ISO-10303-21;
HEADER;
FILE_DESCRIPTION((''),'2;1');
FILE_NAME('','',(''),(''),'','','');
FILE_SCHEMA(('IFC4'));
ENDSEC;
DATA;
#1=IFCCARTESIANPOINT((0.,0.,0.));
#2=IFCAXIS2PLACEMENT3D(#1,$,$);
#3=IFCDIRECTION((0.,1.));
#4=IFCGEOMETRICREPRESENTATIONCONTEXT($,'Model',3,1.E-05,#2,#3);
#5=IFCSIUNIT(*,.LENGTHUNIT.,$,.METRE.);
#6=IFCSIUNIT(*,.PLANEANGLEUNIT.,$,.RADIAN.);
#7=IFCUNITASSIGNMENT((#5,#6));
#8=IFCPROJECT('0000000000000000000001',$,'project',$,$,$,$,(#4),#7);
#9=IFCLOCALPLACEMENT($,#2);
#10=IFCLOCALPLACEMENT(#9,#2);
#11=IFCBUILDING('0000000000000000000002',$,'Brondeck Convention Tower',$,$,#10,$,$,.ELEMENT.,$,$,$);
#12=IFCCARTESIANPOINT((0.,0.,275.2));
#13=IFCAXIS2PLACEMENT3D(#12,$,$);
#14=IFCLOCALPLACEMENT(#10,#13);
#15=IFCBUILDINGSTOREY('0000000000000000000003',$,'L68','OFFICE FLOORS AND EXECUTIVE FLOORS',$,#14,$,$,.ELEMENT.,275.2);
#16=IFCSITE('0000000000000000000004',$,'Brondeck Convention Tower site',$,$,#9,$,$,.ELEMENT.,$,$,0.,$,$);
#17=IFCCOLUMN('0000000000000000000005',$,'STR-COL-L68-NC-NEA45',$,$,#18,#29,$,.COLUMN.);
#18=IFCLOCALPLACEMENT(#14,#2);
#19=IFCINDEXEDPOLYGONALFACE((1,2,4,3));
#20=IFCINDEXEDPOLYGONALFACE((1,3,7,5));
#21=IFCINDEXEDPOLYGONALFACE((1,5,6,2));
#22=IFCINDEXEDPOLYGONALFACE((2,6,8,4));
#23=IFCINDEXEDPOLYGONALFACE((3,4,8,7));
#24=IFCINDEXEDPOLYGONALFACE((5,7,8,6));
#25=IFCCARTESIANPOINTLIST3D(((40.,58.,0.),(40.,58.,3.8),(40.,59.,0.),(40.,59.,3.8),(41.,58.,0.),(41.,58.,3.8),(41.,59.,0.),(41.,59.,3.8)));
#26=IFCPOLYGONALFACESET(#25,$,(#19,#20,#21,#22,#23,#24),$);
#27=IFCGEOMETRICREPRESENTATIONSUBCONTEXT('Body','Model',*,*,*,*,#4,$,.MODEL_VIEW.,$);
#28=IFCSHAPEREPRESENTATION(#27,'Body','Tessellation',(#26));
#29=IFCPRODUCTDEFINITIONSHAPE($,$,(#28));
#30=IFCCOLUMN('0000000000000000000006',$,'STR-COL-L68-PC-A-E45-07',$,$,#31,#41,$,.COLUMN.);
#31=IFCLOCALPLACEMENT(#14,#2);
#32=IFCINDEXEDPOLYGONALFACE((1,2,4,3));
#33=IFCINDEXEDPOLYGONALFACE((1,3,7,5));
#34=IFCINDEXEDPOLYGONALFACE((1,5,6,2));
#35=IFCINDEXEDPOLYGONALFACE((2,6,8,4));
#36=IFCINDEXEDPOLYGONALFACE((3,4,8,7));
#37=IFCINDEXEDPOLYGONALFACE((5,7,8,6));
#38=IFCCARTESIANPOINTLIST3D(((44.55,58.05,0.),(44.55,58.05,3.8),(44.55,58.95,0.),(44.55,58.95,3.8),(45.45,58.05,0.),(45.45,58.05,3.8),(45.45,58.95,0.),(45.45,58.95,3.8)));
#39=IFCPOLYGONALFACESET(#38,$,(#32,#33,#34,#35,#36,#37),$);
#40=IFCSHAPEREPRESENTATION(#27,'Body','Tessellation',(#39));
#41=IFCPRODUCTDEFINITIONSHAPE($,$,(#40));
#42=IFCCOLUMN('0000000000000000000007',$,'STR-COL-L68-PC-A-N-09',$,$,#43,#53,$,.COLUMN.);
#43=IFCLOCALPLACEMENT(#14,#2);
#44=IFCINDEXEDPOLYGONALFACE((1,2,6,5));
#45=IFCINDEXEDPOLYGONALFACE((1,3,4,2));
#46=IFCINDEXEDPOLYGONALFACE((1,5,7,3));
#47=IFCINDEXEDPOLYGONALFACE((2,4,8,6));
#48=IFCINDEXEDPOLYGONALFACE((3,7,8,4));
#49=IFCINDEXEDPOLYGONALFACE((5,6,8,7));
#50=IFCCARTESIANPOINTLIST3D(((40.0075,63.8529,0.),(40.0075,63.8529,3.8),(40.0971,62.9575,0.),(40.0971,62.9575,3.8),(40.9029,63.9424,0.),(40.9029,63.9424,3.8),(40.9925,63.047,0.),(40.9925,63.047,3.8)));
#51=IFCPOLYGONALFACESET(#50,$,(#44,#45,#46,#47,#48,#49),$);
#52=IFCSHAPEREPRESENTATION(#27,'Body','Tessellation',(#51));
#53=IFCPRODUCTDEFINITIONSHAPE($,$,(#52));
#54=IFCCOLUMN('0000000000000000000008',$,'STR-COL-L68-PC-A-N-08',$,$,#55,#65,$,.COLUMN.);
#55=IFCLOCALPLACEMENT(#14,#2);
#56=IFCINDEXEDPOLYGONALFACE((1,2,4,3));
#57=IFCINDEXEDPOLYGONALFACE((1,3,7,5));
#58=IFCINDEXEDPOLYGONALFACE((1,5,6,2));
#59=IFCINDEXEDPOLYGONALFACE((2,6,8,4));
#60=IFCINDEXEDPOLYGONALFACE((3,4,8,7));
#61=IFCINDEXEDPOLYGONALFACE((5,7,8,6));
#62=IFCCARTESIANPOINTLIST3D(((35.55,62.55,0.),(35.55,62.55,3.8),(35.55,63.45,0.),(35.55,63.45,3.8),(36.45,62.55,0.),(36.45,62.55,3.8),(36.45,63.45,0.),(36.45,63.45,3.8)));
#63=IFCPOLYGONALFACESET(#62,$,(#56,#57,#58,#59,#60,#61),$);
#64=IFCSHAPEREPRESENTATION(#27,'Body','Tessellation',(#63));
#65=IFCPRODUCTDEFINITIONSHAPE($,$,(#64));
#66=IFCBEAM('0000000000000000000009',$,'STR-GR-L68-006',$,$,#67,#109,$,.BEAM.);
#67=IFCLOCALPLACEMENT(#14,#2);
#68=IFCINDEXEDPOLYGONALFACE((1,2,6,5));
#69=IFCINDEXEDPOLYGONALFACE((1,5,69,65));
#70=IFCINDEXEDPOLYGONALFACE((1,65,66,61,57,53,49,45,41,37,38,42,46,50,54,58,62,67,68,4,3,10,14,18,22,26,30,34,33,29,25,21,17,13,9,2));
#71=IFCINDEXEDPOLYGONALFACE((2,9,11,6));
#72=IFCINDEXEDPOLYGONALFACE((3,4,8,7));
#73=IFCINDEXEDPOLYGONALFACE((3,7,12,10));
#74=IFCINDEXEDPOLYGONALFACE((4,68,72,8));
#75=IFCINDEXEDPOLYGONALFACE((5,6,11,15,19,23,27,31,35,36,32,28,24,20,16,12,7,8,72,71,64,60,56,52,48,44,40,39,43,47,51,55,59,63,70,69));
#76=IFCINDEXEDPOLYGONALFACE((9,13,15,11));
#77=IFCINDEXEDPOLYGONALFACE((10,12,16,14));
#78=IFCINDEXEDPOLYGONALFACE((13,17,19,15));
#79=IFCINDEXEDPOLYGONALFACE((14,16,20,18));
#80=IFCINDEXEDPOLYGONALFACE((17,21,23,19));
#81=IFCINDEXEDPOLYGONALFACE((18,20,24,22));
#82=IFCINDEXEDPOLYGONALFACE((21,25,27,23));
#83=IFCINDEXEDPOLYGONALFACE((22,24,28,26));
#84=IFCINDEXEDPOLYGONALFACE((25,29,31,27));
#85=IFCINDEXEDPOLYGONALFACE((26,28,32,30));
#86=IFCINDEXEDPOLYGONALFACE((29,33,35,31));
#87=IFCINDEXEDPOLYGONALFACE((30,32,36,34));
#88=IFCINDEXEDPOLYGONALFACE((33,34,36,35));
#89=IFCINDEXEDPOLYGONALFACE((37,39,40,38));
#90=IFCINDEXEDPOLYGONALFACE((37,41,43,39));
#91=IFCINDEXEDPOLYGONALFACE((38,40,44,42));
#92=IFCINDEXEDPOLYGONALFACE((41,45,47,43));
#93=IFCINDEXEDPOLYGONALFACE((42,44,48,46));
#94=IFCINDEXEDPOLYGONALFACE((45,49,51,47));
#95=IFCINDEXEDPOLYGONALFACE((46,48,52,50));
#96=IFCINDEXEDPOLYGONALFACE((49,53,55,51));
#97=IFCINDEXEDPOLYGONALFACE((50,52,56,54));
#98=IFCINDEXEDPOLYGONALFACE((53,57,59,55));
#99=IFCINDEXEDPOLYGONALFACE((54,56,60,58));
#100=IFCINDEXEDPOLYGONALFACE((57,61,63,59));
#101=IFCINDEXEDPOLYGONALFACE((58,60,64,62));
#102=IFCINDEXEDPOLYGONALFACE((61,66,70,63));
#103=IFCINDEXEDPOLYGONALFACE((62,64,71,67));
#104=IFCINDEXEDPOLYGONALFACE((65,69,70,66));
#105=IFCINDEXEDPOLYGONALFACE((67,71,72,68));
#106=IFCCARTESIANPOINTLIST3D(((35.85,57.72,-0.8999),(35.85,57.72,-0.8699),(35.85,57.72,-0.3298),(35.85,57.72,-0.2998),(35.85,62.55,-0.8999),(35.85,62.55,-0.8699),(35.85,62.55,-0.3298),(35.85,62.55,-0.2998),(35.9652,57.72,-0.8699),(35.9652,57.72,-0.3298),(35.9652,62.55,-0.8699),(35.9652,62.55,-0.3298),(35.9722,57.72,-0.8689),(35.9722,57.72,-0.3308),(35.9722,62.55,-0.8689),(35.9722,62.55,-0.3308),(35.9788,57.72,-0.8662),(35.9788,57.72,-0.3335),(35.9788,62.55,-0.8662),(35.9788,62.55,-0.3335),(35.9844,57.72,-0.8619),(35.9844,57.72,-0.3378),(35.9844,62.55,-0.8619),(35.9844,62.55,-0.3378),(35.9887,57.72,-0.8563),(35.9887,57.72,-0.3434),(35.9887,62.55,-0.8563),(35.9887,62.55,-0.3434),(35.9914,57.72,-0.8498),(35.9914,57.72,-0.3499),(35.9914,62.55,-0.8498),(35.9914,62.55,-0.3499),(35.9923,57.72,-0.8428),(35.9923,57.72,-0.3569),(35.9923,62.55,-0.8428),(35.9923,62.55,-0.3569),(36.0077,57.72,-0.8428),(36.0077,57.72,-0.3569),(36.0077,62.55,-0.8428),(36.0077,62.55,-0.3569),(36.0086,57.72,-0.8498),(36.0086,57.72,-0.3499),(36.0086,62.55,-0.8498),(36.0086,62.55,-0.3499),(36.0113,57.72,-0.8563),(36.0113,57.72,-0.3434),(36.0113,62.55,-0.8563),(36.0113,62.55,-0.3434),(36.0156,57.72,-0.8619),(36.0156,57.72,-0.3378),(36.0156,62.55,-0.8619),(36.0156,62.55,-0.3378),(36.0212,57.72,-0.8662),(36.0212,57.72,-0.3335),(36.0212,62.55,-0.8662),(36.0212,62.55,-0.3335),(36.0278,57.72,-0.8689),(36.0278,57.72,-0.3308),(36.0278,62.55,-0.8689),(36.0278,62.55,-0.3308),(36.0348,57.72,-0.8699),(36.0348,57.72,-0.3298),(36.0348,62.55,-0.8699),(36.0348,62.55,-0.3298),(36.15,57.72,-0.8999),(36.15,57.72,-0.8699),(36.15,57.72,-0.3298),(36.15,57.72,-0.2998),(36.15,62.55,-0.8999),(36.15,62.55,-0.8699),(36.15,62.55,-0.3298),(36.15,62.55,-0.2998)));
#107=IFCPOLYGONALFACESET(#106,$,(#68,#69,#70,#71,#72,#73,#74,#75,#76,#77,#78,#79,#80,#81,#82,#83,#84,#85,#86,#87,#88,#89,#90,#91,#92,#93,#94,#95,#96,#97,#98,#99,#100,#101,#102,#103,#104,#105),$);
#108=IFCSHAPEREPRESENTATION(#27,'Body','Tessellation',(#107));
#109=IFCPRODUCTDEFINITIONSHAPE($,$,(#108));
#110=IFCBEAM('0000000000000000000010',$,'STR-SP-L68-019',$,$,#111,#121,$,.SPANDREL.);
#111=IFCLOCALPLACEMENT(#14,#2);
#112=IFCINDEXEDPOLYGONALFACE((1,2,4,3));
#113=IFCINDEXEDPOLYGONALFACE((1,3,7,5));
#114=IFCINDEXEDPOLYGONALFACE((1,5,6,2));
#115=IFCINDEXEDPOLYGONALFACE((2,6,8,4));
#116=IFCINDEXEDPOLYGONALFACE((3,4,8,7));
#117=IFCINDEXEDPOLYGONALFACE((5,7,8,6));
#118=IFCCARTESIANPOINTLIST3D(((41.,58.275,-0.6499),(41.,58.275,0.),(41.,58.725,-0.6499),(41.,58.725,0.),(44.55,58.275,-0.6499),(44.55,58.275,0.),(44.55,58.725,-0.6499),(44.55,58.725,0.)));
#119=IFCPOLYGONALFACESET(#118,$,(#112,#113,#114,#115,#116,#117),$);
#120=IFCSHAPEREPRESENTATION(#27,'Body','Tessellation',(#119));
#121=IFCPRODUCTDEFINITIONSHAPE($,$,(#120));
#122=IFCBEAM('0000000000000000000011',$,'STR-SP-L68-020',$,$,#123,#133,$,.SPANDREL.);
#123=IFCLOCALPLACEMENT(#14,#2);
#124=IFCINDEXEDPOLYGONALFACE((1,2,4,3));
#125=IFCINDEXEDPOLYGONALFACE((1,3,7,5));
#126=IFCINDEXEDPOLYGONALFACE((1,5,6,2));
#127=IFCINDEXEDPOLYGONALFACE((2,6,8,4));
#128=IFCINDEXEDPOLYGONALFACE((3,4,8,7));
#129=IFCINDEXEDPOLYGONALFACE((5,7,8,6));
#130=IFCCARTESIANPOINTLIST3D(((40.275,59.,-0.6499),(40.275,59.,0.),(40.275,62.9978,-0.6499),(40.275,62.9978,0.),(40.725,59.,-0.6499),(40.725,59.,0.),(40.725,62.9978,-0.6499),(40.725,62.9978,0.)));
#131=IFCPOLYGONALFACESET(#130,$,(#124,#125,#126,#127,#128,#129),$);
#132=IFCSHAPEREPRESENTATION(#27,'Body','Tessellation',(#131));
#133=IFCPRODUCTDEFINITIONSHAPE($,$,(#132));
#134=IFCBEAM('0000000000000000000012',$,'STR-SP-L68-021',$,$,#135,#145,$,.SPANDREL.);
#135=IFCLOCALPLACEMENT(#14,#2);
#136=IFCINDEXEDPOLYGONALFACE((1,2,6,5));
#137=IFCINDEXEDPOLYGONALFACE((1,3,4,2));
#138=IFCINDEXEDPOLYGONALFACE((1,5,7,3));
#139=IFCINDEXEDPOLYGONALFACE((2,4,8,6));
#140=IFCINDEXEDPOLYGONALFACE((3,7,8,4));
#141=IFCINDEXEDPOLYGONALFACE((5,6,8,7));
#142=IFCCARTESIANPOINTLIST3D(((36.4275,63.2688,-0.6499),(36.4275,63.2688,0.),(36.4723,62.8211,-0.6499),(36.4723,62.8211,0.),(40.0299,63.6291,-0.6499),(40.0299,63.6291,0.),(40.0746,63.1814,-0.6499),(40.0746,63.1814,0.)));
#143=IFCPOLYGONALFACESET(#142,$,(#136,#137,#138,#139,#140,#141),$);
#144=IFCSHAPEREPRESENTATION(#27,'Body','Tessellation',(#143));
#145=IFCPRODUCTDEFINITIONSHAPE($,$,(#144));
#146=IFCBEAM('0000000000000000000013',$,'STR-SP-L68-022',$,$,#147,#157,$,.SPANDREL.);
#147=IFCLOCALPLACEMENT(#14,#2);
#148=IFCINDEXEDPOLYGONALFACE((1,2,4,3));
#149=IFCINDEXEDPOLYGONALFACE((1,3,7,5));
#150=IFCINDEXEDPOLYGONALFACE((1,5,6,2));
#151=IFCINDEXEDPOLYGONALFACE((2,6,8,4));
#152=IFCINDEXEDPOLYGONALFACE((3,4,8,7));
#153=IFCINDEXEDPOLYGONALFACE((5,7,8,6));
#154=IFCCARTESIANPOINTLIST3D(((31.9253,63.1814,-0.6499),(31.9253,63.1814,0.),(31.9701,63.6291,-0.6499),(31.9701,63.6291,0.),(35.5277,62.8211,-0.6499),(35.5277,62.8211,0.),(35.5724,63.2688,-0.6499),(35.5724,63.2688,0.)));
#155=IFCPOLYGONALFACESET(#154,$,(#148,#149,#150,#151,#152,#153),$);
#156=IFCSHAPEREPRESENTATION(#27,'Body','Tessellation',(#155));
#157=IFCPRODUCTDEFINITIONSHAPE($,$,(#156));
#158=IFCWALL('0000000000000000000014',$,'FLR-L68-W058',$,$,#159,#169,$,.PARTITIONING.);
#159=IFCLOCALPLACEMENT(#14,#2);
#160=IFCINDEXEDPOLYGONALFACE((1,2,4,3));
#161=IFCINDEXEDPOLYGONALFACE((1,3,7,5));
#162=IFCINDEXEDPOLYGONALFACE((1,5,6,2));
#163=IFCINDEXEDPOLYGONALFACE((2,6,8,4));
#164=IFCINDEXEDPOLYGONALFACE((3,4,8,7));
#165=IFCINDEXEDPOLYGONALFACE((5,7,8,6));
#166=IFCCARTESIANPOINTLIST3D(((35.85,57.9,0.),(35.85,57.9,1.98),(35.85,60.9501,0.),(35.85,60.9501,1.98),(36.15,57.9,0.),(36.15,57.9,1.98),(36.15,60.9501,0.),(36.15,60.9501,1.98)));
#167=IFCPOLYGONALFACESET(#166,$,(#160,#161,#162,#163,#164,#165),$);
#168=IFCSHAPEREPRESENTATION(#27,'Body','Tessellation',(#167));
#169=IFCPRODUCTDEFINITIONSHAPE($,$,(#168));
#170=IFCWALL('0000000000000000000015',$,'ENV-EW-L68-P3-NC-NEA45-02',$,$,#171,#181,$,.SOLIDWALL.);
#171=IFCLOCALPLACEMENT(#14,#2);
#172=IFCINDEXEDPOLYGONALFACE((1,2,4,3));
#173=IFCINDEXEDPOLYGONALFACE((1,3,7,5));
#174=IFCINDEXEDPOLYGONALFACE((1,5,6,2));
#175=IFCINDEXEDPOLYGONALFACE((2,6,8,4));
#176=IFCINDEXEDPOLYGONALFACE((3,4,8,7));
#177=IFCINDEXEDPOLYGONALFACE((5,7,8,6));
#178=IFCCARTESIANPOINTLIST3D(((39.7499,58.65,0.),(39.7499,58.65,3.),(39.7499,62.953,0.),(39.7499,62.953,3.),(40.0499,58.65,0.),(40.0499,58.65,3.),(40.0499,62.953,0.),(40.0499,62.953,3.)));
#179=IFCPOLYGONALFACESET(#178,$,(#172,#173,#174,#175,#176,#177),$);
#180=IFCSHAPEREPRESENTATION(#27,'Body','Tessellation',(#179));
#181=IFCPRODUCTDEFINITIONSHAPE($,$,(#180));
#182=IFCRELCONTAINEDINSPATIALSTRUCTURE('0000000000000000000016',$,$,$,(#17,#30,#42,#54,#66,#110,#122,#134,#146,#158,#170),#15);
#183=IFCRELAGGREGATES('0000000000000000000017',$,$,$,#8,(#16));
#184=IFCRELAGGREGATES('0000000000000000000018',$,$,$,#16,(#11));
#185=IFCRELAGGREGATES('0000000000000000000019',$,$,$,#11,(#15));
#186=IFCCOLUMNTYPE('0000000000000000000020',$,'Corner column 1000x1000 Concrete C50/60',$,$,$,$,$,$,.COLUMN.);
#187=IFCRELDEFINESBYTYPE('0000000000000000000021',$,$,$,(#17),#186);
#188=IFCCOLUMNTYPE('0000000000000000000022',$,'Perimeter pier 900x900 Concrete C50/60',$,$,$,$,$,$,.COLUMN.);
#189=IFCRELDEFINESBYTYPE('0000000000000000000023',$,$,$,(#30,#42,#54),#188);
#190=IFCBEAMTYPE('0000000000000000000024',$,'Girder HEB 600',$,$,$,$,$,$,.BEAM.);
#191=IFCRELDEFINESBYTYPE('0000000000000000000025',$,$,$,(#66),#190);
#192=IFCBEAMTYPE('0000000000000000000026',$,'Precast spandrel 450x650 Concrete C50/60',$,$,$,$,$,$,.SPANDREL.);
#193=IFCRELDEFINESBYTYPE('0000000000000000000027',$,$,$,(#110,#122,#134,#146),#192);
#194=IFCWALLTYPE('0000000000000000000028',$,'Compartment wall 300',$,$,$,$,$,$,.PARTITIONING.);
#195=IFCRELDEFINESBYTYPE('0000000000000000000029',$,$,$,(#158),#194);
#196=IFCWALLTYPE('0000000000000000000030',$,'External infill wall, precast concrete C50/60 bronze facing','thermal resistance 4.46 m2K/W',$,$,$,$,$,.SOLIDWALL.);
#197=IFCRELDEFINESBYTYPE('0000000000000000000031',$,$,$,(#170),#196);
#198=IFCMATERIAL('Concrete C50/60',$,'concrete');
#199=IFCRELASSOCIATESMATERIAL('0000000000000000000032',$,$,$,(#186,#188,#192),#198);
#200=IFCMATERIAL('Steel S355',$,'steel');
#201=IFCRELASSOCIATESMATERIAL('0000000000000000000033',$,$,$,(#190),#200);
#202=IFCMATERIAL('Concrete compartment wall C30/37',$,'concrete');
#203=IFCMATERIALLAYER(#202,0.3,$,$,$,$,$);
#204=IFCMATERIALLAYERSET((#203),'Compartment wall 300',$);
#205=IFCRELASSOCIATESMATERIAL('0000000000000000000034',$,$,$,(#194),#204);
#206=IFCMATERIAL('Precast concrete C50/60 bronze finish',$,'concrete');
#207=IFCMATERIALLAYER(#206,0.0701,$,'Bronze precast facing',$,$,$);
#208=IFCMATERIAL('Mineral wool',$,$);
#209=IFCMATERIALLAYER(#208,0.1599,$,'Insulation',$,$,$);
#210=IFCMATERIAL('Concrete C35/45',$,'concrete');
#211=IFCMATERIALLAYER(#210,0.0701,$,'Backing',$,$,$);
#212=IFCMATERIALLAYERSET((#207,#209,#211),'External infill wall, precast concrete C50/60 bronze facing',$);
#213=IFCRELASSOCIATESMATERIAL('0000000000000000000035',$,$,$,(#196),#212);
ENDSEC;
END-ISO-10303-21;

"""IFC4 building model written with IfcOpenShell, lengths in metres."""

from ifc_helpers import new_model, si_unit, direction, frame, frame_2d, origin, origin_2d, place, context, subcontext, project, spatial, rectangle, i_section, extrude, material, layer, layer_set, material_profile, profile_set, type_object, element, save


model = new_model("IFC4")

# Units and contexts
model_context = context("Model", 3, precision=1e-05, world=origin(), true_north=direction((0.0, 1.0)))
body_context = subcontext(model_context, "Body", "Model", "MODEL_VIEW")
ifc_project = project(units=[si_unit("LENGTHUNIT", "METRE"), si_unit("PLANEANGLEUNIT", "RADIAN")], contexts=[model_context])

# Site, building, storey
site_placement = place(None, origin())
site = spatial("IfcSite", under=ifc_project, at=site_placement, Name="Brondeck Convention Tower site", CompositionType="ELEMENT", RefElevation=0.0)
building_placement = place(site_placement, origin())
building = spatial("IfcBuilding", under=site, at=building_placement, Name="Brondeck Convention Tower", CompositionType="ELEMENT")
storey_placement = place(building_placement, frame((0.0, 0.0, 275.2)))
storey = spatial("IfcBuildingStorey", under=building, at=storey_placement, Name="L68", Description="OFFICE FLOORS AND EXECUTIVE FLOORS", CompositionType="ELEMENT", Elevation=275.2)

# Columns
ifc_material_1 = material(Name="Concrete C50/60", Category="concrete")
ifc_material_profile_1 = material_profile(ifc_material_1, rectangle(XDim=1.0, YDim=1.0, at=origin_2d()), Name="Corner column 1000x1000 Concrete C50/60")
ifc_profile_set_1 = profile_set([ifc_material_profile_1], Name="Concrete C50/60")
column_type_1 = type_object("IfcColumnType", Name="Corner column 1000x1000 Concrete C50/60", PredefinedType="COLUMN", material=ifc_profile_set_1)
column_placement = place(storey_placement, frame((40.5, 58.5, 0.0), z_axis=(0.0, 0.0, 1.0), x_axis=(1.0, 0.0, 0.0)))
element("IfcColumn", 1, at=column_placement, inside=storey, type_object=column_type_1, Name="STR-COL-L68-NC-NEA45", PredefinedType="COLUMN", context=body_context, shape_type="SweptSolid", body=[
    extrude(rectangle(XDim=1.0, YDim=1.0, at=origin_2d()), origin(), (0.0, 0.0, 1.0), 3.8),
])
ifc_material_profile_2 = material_profile(ifc_material_1, rectangle(XDim=0.8999, YDim=0.8999, at=origin_2d()), Name="Perimeter pier 900x900 Concrete C50/60")
ifc_profile_set_2 = profile_set([ifc_material_profile_2], Name="Concrete C50/60")
column_type_2 = type_object("IfcColumnType", Name="Perimeter pier 900x900 Concrete C50/60", PredefinedType="COLUMN", material=ifc_profile_set_2)
for number, where, z_axis, x_axis, name in (
    (2, (45.0, 58.5, 0.0), (0.0, 0.0, 1.0), (0.0, 1.0, 0.0), "STR-COL-L68-PC-A-E45-07"),
    (3, (40.5, 63.45, 0.0), (0.0, 0.0, 1.0), (-0.995037, -0.099504, 0.0), "STR-COL-L68-PC-A-N-09"),
    (4, (36.0, 63.0, 0.0), (0.0, 0.0, 1.0), (-1.0, 0.0, 0.0), "STR-COL-L68-PC-A-N-08"),
):
    element("IfcColumn", number, at=place(storey_placement, frame(where, z_axis=z_axis, x_axis=x_axis)), inside=storey, type_object=column_type_2, Name=name, PredefinedType="COLUMN", context=body_context, shape_type="SweptSolid", body=[
        extrude(rectangle(XDim=0.8999, YDim=0.8999, at=origin_2d()), origin(), (0.0, 0.0, 1.0), 3.8),
    ])

# Beams
ifc_material_2 = material(Name="Steel S355", Category="steel")
ifc_material_profile_3 = material_profile(ifc_material_2, i_section(OverallWidth=0.3, OverallDepth=0.6001, WebThickness=0.0154, FlangeThickness=0.03, FilletRadius=0.0271, at=origin_2d()), Name="HEB 600")
ifc_profile_set_3 = profile_set([ifc_material_profile_3], Name="Steel S355")
beam_type_1 = type_object("IfcBeamType", Name="Girder HEB 600", PredefinedType="BEAM", material=ifc_profile_set_3)
beam_1_placement = place(storey_placement, frame((36.0, 57.72, -0.5999), z_axis=(0.0, 1.0, 0.0), x_axis=(-1.0, 0.0, 0.0)))
element("IfcBeam", 5, at=beam_1_placement, inside=storey, type_object=beam_type_1, Name="STR-GR-L68-006", PredefinedType="BEAM", context=body_context, shape_type="SweptSolid", body=[
    extrude(i_section(OverallWidth=0.3, OverallDepth=0.6001, WebThickness=0.0154, FlangeThickness=0.03, FilletRadius=0.0271, at=origin_2d()), origin(), (0.0, 0.0, 1.0), 4.8301),
])
ifc_material_profile_4 = material_profile(ifc_material_1, rectangle(XDim=0.45, YDim=0.6499, at=origin_2d()), Name="Precast spandrel 450x650 Concrete C50/60")
ifc_profile_set_4 = profile_set([ifc_material_profile_4], Name="Concrete C50/60")
beam_type_2 = type_object("IfcBeamType", Name="Precast spandrel 450x650 Concrete C50/60", PredefinedType="SPANDREL", material=ifc_profile_set_4)
beam_2_placement = place(storey_placement, frame((44.55, 58.5, -0.325), z_axis=(-1.0, 0.0, 0.0), x_axis=(0.0, -1.0, 0.0)))
element("IfcBeam", 6, at=beam_2_placement, inside=storey, type_object=beam_type_2, Name="STR-SP-L68-019", PredefinedType="SPANDREL", context=body_context, shape_type="SweptSolid", body=[
    extrude(rectangle(XDim=0.45, YDim=0.6499, at=origin_2d()), origin(), (0.0, 0.0, 1.0), 3.55),
])
beam_3_placement = place(storey_placement, frame((40.5, 59.0, -0.325), z_axis=(0.0, 1.0, 0.0), x_axis=(-1.0, 0.0, 0.0)))
element("IfcBeam", 7, at=beam_3_placement, inside=storey, type_object=beam_type_2, Name="STR-SP-L68-020", PredefinedType="SPANDREL", context=body_context, shape_type="SweptSolid", body=[
    extrude(rectangle(XDim=0.45, YDim=0.6499, at=origin_2d()), origin(), (0.0, 0.0, 1.0), 3.9978),
])
for number, where, z_axis, x_axis, name in (
    (8, (40.0522, 63.4053, -0.325), (-0.995034, -0.099537, 0.0), (0.099537, -0.995034, 0.0), "STR-SP-L68-021"),
    (9, (35.55, 63.0449, -0.325), (-0.995034, 0.099537, 0.0), (-0.099537, -0.995034, 0.0), "STR-SP-L68-022"),
):
    element("IfcBeam", number, at=place(storey_placement, frame(where, z_axis=z_axis, x_axis=x_axis)), inside=storey, type_object=beam_type_2, Name=name, PredefinedType="SPANDREL", context=body_context, shape_type="SweptSolid", body=[
        extrude(rectangle(XDim=0.45, YDim=0.6499, at=origin_2d()), origin(), (0.0, 0.0, 1.0), 3.6204),
    ])

# Walls
ifc_material_3 = material(Name="Concrete compartment wall C30/37", Category="concrete")
ifc_layer_1 = layer(ifc_material_3, 0.3)
ifc_layer_set_1 = layer_set([ifc_layer_1], Name="Compartment wall 300")
wall_type_1 = type_object("IfcWallType", Name="Compartment wall 300", PredefinedType="PARTITIONING", material=ifc_layer_set_1)
wall_1_placement = place(storey_placement, frame((36.0, 60.95, 0.0), z_axis=(0.0, 0.0, 1.0), x_axis=(0.0, -1.0, 0.0)))
element("IfcWall", 10, at=wall_1_placement, inside=storey, type_object=wall_type_1, Name="FLR-L68-W058", PredefinedType="PARTITIONING", context=body_context, shape_type="SweptSolid", body=[
    extrude(rectangle(XDim=3.05, YDim=0.3, at=frame_2d((1.5249, 0.0))), origin(), (0.0, 0.0, 1.0), 1.98),
])
ifc_material_4 = material(Name="Precast concrete C50/60 bronze finish", Category="concrete")
ifc_layer_2 = layer(ifc_material_4, 0.0701, Name="Bronze precast facing")
ifc_material_5 = material(Name="Mineral wool")
ifc_layer_3 = layer(ifc_material_5, 0.1599, Name="Insulation")
ifc_material_6 = material(Name="Concrete C35/45", Category="concrete")
ifc_layer_4 = layer(ifc_material_6, 0.0701, Name="Backing")
ifc_layer_set_2 = layer_set([ifc_layer_2, ifc_layer_3, ifc_layer_4], Name="External infill wall, precast concrete C50/60 bronze facing")
wall_type_2 = type_object("IfcWallType", Name="External infill wall, precast concrete C50/60 bronze facing", Description="thermal resistance 4.46 m2K/W", PredefinedType="SOLIDWALL", material=ifc_layer_set_2)
wall_2_placement = place(storey_placement, frame((39.8999, 62.9529, 0.0), z_axis=(0.0, 0.0, 1.0), x_axis=(0.0, -1.0, 0.0)))
element("IfcWall", 11, at=wall_2_placement, inside=storey, type_object=wall_type_2, Name="ENV-EW-L68-P3-NC-NEA45-02", PredefinedType="SOLIDWALL", context=body_context, shape_type="SweptSolid", body=[
    extrude(rectangle(XDim=4.303, YDim=0.3, at=frame_2d((2.1514, 0.0))), origin(), (0.0, 0.0, 1.0), 3.0),
])

save(model, "model.ifc")
